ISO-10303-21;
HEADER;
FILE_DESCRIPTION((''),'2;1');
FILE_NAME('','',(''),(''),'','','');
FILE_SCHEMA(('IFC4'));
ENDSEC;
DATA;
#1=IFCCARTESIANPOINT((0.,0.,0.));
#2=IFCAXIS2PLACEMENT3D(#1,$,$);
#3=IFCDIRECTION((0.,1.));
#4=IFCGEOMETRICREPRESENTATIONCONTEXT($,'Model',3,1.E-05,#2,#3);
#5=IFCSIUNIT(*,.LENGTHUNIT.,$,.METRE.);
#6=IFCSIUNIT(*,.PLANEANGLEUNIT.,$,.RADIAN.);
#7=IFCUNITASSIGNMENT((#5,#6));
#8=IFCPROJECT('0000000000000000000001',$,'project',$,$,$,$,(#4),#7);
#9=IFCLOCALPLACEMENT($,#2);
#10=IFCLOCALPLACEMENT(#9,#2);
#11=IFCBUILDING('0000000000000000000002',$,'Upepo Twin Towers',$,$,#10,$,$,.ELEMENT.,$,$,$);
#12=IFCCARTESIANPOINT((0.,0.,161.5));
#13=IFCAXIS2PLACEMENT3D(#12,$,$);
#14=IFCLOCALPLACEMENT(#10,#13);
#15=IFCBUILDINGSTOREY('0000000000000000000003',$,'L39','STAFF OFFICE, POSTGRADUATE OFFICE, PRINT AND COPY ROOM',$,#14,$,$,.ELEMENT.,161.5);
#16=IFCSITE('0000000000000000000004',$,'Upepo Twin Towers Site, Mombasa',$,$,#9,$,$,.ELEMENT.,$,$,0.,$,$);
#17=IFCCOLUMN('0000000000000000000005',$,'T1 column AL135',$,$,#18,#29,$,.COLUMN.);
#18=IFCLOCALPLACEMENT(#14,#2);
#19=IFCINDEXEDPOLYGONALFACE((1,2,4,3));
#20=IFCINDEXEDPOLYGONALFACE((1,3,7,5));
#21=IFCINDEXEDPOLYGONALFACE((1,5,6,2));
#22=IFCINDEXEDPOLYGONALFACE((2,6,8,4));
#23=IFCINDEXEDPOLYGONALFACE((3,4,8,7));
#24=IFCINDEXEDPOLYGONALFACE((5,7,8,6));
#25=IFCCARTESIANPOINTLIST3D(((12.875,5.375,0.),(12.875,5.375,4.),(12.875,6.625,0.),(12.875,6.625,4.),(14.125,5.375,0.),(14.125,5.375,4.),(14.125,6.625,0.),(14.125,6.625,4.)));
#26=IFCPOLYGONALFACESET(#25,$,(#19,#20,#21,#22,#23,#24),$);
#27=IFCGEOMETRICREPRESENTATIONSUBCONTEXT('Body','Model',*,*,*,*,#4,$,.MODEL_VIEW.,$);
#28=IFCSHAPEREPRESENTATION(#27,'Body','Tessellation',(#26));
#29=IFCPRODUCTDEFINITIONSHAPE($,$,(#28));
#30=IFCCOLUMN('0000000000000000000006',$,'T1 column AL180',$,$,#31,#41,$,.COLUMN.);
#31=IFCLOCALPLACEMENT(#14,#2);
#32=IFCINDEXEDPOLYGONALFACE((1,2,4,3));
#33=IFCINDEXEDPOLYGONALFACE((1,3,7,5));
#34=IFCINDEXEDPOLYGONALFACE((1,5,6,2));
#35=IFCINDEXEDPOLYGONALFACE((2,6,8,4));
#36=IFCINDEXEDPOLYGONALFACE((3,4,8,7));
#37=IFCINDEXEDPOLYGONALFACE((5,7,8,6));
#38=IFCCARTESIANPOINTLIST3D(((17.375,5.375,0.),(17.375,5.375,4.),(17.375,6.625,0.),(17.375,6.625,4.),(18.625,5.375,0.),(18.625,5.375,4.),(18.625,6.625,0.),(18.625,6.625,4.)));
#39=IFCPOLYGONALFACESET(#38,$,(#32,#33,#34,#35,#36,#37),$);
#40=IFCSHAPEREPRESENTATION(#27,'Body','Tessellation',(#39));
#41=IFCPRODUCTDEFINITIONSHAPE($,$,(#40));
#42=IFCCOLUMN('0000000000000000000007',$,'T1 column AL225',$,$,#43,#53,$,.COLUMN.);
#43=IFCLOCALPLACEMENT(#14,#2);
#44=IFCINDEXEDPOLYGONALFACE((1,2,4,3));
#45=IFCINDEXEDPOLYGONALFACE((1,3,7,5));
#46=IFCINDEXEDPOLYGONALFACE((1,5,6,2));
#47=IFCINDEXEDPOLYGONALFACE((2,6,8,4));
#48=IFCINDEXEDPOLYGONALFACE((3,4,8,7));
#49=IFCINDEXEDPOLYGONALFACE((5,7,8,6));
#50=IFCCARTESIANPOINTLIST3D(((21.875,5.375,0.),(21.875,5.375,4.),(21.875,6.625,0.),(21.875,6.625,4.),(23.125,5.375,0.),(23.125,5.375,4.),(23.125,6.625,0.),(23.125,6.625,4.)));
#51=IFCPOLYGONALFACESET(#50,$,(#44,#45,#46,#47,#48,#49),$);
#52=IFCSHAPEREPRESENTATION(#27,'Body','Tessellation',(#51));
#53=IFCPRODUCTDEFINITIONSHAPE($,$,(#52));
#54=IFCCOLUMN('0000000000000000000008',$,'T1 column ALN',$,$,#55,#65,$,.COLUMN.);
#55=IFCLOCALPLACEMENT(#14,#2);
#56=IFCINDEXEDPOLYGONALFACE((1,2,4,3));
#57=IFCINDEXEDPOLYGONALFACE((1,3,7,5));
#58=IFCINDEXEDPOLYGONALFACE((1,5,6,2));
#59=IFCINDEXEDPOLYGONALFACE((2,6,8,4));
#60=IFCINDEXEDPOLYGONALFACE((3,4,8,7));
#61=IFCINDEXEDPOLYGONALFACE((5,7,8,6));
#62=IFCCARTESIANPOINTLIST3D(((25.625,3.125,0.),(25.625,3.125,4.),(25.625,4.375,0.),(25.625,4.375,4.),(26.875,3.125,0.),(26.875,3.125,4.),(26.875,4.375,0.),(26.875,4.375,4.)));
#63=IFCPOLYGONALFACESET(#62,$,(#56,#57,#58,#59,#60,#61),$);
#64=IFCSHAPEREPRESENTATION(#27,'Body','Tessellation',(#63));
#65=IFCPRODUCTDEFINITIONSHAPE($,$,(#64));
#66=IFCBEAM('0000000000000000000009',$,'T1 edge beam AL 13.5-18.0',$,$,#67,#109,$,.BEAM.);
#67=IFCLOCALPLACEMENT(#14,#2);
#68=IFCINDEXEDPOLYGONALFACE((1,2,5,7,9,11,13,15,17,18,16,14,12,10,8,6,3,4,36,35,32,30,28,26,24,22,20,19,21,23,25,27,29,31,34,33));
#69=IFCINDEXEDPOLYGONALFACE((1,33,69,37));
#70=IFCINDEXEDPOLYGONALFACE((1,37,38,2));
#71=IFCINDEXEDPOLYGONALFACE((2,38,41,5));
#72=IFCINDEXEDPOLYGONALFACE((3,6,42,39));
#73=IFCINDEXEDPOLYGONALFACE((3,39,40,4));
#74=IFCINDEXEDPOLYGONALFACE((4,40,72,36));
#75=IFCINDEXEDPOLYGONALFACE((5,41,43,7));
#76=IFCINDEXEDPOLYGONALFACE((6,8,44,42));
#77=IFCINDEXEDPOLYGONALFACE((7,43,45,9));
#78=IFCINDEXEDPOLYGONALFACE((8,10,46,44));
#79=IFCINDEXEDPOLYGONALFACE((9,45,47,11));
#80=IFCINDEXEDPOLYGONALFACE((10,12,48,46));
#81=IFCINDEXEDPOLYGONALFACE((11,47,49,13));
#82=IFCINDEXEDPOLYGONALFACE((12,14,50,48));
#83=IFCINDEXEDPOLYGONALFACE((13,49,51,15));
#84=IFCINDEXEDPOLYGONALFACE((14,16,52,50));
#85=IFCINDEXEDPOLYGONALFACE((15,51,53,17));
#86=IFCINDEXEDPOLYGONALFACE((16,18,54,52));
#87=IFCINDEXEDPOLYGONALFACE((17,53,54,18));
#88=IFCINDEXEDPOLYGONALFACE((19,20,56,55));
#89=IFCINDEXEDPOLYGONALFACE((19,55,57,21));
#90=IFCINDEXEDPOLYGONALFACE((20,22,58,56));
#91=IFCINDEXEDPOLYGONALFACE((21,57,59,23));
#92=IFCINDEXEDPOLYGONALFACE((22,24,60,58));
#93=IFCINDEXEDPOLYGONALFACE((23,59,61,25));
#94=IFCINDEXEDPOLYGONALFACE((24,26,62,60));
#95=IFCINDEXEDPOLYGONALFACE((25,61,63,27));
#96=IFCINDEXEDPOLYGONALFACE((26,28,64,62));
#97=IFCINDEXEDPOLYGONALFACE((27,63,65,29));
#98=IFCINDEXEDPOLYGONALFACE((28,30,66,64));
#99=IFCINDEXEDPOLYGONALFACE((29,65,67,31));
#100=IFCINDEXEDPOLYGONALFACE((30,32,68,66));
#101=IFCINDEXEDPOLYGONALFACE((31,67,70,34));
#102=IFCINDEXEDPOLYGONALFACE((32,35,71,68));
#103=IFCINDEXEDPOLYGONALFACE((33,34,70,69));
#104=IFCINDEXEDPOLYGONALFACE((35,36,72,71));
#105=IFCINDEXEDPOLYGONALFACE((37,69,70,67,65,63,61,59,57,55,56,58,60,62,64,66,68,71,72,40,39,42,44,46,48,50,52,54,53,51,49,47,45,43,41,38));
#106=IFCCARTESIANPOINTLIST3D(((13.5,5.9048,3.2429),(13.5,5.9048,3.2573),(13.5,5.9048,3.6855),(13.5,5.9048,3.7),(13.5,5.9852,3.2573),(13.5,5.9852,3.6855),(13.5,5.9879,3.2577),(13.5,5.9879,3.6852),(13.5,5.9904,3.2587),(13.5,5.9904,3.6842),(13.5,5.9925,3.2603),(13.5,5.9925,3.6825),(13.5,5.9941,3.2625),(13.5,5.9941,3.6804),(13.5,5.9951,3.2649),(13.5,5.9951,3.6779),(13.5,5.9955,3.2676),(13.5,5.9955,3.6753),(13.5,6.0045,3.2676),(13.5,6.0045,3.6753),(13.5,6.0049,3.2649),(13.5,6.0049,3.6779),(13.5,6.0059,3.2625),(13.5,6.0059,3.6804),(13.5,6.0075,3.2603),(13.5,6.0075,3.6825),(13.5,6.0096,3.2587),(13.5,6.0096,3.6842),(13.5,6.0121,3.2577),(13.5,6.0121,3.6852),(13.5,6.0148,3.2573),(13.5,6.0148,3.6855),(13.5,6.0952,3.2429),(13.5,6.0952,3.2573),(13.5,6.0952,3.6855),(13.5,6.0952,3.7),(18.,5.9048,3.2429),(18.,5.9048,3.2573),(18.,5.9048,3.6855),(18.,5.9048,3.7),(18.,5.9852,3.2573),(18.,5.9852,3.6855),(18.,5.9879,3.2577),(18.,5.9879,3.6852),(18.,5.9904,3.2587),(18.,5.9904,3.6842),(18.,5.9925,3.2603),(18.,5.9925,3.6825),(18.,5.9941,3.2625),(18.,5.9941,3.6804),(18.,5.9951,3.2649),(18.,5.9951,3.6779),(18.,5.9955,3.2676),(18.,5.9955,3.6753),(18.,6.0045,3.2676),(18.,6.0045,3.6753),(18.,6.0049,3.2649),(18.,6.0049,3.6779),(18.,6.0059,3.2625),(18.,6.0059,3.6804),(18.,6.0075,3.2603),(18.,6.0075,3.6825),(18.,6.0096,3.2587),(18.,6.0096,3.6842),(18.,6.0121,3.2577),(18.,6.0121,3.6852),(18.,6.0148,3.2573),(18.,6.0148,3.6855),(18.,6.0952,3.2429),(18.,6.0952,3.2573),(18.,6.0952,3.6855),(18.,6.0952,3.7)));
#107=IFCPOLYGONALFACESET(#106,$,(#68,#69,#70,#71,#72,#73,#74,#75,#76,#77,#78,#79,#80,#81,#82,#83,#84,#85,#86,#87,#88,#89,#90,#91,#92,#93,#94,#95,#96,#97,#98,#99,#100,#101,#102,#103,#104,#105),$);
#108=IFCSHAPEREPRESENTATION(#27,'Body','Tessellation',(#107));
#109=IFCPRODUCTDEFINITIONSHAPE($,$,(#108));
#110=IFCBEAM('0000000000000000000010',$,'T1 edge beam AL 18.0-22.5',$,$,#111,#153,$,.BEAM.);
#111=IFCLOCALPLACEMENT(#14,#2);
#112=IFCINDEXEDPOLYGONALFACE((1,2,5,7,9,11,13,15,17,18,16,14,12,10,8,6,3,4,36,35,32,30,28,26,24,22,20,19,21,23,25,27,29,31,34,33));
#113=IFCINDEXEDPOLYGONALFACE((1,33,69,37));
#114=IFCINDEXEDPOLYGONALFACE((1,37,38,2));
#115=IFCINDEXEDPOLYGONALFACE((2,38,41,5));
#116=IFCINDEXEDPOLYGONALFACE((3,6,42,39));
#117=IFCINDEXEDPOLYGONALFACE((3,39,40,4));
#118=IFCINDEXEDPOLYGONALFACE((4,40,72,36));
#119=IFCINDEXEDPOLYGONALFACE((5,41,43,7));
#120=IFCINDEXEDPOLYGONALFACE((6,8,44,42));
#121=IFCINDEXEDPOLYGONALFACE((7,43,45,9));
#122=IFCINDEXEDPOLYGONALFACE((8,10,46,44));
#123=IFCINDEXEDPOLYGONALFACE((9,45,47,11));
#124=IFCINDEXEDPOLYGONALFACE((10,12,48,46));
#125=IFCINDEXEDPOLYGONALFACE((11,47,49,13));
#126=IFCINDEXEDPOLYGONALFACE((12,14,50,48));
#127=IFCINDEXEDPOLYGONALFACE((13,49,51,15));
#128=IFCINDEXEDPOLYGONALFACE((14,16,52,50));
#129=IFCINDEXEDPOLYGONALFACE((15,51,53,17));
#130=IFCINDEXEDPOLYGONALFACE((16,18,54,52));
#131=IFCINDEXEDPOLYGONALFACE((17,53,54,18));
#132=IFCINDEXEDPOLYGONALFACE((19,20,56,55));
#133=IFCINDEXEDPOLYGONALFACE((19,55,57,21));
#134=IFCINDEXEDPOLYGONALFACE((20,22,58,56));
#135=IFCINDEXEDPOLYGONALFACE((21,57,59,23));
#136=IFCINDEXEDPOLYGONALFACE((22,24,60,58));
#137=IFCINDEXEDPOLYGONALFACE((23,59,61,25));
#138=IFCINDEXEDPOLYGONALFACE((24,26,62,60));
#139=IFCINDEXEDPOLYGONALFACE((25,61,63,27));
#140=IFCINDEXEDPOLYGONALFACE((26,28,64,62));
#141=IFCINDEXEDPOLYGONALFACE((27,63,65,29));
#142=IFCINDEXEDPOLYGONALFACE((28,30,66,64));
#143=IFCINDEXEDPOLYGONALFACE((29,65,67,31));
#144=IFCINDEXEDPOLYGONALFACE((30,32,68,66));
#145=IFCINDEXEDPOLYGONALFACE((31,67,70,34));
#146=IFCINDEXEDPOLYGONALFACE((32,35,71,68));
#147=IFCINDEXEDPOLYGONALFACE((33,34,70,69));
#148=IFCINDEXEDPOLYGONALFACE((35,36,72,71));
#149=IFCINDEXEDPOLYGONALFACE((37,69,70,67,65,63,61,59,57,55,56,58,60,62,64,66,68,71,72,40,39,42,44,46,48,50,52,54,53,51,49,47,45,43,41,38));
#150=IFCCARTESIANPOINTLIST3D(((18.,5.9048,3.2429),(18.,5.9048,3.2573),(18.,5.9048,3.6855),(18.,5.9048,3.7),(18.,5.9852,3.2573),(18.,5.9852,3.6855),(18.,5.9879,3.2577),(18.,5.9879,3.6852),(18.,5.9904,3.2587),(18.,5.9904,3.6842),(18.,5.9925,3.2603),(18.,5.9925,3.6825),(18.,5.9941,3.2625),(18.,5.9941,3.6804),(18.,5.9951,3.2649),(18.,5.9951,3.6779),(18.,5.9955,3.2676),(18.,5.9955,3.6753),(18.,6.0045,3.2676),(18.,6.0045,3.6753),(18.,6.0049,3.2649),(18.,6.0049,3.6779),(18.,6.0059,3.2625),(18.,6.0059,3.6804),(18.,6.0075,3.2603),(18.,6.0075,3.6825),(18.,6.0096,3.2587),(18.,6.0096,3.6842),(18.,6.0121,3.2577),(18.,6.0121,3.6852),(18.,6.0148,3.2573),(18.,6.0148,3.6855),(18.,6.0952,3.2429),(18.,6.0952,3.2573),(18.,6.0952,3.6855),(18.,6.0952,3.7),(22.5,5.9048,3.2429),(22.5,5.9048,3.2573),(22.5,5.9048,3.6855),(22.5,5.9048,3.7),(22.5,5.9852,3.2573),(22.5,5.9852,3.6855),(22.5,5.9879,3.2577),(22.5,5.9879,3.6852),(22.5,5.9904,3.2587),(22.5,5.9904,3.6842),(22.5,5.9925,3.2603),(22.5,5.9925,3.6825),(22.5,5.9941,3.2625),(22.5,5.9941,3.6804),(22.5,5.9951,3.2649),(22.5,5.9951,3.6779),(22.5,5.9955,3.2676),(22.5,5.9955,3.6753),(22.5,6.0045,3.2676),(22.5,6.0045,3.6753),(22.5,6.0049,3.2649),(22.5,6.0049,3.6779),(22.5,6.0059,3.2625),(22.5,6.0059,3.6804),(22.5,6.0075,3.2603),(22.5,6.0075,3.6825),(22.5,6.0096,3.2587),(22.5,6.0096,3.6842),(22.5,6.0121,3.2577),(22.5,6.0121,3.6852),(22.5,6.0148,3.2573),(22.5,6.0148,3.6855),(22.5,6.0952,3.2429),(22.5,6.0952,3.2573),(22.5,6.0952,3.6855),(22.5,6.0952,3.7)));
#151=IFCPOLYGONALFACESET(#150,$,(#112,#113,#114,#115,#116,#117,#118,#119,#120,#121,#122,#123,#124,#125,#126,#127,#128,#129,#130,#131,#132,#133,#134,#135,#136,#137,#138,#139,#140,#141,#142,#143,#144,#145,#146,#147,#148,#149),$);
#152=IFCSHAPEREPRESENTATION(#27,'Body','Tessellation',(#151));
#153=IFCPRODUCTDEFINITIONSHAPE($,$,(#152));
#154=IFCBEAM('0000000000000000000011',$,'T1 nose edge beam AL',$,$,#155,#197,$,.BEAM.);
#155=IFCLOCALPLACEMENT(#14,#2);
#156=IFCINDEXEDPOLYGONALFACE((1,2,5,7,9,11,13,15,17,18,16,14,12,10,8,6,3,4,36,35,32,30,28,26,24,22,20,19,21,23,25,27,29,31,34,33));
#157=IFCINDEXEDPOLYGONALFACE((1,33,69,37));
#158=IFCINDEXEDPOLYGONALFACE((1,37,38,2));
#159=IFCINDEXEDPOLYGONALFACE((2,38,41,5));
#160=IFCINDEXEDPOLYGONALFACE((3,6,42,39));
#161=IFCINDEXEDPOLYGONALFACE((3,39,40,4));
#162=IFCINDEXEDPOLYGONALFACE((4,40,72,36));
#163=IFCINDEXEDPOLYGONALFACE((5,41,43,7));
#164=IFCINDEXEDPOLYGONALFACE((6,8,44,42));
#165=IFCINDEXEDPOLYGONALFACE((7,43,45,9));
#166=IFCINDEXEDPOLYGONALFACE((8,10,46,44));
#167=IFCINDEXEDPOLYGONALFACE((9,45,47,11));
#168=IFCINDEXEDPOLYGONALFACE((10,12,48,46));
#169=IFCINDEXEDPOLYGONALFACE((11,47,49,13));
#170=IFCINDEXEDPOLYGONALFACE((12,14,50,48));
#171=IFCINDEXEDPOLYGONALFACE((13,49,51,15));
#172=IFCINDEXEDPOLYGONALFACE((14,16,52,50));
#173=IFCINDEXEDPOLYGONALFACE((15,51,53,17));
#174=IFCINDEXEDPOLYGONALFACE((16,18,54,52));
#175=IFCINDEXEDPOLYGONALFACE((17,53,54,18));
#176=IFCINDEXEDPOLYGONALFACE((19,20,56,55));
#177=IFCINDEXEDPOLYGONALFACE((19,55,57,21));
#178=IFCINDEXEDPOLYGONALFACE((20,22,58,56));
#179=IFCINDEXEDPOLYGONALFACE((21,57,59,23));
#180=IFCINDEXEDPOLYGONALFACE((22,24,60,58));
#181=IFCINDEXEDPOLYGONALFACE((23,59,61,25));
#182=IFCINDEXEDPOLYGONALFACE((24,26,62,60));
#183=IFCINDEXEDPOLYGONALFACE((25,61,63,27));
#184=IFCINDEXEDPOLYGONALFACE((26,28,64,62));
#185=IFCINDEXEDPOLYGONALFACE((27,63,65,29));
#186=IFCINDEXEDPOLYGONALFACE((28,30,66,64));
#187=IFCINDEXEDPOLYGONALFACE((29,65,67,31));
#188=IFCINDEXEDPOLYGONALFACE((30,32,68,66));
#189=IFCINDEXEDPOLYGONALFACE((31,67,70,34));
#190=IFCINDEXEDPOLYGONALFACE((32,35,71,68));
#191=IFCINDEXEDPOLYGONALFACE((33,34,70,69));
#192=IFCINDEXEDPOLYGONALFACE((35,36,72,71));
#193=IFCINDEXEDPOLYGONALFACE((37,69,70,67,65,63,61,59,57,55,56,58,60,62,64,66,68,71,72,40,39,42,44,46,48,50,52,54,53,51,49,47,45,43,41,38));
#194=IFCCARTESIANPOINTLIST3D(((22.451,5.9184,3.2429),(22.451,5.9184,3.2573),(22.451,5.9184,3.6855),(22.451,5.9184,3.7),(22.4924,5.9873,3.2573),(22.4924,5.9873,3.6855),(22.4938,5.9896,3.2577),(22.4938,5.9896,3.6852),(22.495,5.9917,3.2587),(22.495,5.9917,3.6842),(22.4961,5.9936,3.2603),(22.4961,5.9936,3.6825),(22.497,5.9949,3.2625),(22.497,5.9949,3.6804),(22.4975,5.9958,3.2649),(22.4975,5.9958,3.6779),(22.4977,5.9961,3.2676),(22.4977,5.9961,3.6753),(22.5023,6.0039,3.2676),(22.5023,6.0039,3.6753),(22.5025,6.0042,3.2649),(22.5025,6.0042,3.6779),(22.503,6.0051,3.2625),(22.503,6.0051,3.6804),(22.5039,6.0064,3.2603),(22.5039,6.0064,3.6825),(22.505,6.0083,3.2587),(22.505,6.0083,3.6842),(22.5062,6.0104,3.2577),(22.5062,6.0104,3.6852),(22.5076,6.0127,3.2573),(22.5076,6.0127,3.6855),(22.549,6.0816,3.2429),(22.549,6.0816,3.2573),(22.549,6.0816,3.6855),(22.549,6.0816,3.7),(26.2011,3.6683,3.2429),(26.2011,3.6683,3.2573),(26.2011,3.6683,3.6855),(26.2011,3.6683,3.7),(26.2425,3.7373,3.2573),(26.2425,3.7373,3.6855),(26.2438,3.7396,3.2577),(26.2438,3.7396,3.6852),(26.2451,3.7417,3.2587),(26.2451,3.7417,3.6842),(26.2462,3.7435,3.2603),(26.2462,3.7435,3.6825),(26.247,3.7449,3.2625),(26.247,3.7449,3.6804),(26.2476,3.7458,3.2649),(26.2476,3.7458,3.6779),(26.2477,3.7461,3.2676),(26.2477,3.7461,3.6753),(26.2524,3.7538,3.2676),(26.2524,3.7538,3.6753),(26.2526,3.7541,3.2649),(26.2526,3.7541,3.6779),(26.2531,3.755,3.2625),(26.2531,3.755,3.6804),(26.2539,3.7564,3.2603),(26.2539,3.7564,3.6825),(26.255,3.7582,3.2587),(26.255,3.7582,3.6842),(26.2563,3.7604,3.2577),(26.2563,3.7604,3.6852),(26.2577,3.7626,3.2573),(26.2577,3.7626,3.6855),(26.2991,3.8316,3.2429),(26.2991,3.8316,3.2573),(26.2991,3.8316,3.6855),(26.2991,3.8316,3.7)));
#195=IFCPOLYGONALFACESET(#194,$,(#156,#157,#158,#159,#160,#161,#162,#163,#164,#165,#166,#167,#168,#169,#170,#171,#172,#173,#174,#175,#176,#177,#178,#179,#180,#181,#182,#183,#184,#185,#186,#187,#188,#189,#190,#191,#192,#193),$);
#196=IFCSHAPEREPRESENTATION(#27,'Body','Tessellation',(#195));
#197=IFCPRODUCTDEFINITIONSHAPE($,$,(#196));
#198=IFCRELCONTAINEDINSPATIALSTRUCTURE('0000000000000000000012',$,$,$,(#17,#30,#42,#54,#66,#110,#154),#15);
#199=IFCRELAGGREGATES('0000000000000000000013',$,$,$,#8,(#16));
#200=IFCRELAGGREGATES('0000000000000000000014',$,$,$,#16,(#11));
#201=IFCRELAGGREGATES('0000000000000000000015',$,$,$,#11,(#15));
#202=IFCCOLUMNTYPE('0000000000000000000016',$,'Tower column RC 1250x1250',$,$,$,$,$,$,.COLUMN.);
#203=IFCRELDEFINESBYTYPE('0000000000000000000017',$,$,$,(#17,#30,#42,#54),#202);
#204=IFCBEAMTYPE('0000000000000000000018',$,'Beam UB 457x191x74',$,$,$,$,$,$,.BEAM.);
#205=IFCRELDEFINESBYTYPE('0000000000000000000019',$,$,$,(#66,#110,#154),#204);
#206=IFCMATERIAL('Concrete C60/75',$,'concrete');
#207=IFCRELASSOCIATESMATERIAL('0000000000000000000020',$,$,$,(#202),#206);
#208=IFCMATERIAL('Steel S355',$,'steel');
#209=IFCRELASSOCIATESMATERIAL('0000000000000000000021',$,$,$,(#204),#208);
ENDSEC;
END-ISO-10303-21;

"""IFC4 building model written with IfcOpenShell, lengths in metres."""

from ifc_helpers import new_model, si_unit, direction, frame, origin, origin_2d, place, context, subcontext, project, spatial, rectangle, i_section, extrude, material, material_profile, profile_set, type_object, element, save


model = new_model("IFC4")

# Units and contexts
model_context = context("Model", 3, precision=1e-05, world=origin(), true_north=direction((0.0, 1.0)))
body_context = subcontext(model_context, "Body", "Model", "MODEL_VIEW")
ifc_project = project(units=[si_unit("LENGTHUNIT", "METRE"), si_unit("PLANEANGLEUNIT", "RADIAN")], contexts=[model_context])

# Site, building, storey
site_placement = place(None, origin())
site = spatial("IfcSite", under=ifc_project, at=site_placement, Name="Upepo Twin Towers Site, Mombasa", CompositionType="ELEMENT", RefElevation=0.0)
building_placement = place(site_placement, origin())
building = spatial("IfcBuilding", under=site, at=building_placement, Name="Upepo Twin Towers", CompositionType="ELEMENT")
storey_placement = place(building_placement, frame((0.0, 0.0, 161.5)))
storey = spatial("IfcBuildingStorey", under=building, at=storey_placement, Name="L39", Description="STAFF OFFICE, POSTGRADUATE OFFICE, PRINT AND COPY ROOM", CompositionType="ELEMENT", Elevation=161.5)

# Columns
ifc_material_1 = material(Name="Concrete C60/75", Category="concrete")
ifc_material_profile_1 = material_profile(ifc_material_1, rectangle(XDim=1.25, YDim=1.25, at=origin_2d()), Name="RC 1250x1250")
ifc_profile_set_1 = profile_set([ifc_material_profile_1], Name="Concrete C60/75")
column_type = type_object("IfcColumnType", Name="Tower column RC 1250x1250", PredefinedType="COLUMN", material=ifc_profile_set_1)
for number, where, z_axis, x_axis, name in (
    (1, (13.5, 6.0, 0.0), (0.0, 0.0, 1.0), (1.0, 0.0, 0.0), "T1 column AL135"),
    (2, (18.0, 6.0, 0.0), (0.0, 0.0, 1.0), (1.0, 0.0, 0.0), "T1 column AL180"),
    (3, (22.5, 6.0, 0.0), (0.0, 0.0, 1.0), (1.0, 0.0, 0.0), "T1 column AL225"),
    (4, (26.25, 3.75, 0.0), (0.0, 0.0, 1.0), (1.0, 0.0, 0.0), "T1 column ALN"),
):
    element("IfcColumn", number, at=place(storey_placement, frame(where, z_axis=z_axis, x_axis=x_axis)), inside=storey, type_object=column_type, Name=name, PredefinedType="COLUMN", context=body_context, shape_type="SweptSolid", body=[
        extrude(rectangle(XDim=1.25, YDim=1.25, at=origin_2d()), origin(), (0.0, 0.0, 1.0), 4.0),
    ])

# Beams
ifc_material_2 = material(Name="Steel S355", Category="steel")
ifc_material_profile_2 = material_profile(ifc_material_2, i_section(OverallWidth=0.1904, OverallDepth=0.457, WebThickness=0.009, FlangeThickness=0.0144, FilletRadius=0.0103, at=origin_2d()), Name="UB 457x191x74")
ifc_profile_set_2 = profile_set([ifc_material_profile_2], Name="Steel S355")
beam_type_1 = type_object("IfcBeamType", Name="Beam UB 457x191x74", PredefinedType="BEAM", material=ifc_profile_set_2)
for number, where, z_axis, x_axis, name in (
    (5, (13.5, 6.0, 3.4714), (1.0, 0.0, 0.0), (0.0, 1.0, 0.0), "T1 edge beam AL 13.5-18.0"),
    (6, (18.0, 6.0, 3.4714), (1.0, 0.0, 0.0), (0.0, 1.0, 0.0), "T1 edge beam AL 18.0-22.5"),
):
    element("IfcBeam", number, at=place(storey_placement, frame(where, z_axis=z_axis, x_axis=x_axis)), inside=storey, type_object=beam_type_1, Name=name, PredefinedType="BEAM", context=body_context, shape_type="SweptSolid", body=[
        extrude(i_section(OverallWidth=0.1904, OverallDepth=0.457, WebThickness=0.009, FlangeThickness=0.0144, FilletRadius=0.0103, at=origin_2d()), origin(), (0.0, 0.0, 1.0), 4.5),
    ])
beam_1_placement = place(storey_placement, frame((22.5, 6.0, 3.4714), z_axis=(0.857493, -0.514496, 0.0), x_axis=(0.514496, 0.857493, 0.0)))
element("IfcBeam", 7, at=beam_1_placement, inside=storey, type_object=beam_type_1, Name="T1 nose edge beam AL", PredefinedType="BEAM", context=body_context, shape_type="SweptSolid", body=[
    extrude(i_section(OverallWidth=0.1904, OverallDepth=0.457, WebThickness=0.009, FlangeThickness=0.0144, FilletRadius=0.0103, at=origin_2d()), origin(), (0.0, 0.0, 1.0), 4.3733),
])

save(model, "model.ifc")
